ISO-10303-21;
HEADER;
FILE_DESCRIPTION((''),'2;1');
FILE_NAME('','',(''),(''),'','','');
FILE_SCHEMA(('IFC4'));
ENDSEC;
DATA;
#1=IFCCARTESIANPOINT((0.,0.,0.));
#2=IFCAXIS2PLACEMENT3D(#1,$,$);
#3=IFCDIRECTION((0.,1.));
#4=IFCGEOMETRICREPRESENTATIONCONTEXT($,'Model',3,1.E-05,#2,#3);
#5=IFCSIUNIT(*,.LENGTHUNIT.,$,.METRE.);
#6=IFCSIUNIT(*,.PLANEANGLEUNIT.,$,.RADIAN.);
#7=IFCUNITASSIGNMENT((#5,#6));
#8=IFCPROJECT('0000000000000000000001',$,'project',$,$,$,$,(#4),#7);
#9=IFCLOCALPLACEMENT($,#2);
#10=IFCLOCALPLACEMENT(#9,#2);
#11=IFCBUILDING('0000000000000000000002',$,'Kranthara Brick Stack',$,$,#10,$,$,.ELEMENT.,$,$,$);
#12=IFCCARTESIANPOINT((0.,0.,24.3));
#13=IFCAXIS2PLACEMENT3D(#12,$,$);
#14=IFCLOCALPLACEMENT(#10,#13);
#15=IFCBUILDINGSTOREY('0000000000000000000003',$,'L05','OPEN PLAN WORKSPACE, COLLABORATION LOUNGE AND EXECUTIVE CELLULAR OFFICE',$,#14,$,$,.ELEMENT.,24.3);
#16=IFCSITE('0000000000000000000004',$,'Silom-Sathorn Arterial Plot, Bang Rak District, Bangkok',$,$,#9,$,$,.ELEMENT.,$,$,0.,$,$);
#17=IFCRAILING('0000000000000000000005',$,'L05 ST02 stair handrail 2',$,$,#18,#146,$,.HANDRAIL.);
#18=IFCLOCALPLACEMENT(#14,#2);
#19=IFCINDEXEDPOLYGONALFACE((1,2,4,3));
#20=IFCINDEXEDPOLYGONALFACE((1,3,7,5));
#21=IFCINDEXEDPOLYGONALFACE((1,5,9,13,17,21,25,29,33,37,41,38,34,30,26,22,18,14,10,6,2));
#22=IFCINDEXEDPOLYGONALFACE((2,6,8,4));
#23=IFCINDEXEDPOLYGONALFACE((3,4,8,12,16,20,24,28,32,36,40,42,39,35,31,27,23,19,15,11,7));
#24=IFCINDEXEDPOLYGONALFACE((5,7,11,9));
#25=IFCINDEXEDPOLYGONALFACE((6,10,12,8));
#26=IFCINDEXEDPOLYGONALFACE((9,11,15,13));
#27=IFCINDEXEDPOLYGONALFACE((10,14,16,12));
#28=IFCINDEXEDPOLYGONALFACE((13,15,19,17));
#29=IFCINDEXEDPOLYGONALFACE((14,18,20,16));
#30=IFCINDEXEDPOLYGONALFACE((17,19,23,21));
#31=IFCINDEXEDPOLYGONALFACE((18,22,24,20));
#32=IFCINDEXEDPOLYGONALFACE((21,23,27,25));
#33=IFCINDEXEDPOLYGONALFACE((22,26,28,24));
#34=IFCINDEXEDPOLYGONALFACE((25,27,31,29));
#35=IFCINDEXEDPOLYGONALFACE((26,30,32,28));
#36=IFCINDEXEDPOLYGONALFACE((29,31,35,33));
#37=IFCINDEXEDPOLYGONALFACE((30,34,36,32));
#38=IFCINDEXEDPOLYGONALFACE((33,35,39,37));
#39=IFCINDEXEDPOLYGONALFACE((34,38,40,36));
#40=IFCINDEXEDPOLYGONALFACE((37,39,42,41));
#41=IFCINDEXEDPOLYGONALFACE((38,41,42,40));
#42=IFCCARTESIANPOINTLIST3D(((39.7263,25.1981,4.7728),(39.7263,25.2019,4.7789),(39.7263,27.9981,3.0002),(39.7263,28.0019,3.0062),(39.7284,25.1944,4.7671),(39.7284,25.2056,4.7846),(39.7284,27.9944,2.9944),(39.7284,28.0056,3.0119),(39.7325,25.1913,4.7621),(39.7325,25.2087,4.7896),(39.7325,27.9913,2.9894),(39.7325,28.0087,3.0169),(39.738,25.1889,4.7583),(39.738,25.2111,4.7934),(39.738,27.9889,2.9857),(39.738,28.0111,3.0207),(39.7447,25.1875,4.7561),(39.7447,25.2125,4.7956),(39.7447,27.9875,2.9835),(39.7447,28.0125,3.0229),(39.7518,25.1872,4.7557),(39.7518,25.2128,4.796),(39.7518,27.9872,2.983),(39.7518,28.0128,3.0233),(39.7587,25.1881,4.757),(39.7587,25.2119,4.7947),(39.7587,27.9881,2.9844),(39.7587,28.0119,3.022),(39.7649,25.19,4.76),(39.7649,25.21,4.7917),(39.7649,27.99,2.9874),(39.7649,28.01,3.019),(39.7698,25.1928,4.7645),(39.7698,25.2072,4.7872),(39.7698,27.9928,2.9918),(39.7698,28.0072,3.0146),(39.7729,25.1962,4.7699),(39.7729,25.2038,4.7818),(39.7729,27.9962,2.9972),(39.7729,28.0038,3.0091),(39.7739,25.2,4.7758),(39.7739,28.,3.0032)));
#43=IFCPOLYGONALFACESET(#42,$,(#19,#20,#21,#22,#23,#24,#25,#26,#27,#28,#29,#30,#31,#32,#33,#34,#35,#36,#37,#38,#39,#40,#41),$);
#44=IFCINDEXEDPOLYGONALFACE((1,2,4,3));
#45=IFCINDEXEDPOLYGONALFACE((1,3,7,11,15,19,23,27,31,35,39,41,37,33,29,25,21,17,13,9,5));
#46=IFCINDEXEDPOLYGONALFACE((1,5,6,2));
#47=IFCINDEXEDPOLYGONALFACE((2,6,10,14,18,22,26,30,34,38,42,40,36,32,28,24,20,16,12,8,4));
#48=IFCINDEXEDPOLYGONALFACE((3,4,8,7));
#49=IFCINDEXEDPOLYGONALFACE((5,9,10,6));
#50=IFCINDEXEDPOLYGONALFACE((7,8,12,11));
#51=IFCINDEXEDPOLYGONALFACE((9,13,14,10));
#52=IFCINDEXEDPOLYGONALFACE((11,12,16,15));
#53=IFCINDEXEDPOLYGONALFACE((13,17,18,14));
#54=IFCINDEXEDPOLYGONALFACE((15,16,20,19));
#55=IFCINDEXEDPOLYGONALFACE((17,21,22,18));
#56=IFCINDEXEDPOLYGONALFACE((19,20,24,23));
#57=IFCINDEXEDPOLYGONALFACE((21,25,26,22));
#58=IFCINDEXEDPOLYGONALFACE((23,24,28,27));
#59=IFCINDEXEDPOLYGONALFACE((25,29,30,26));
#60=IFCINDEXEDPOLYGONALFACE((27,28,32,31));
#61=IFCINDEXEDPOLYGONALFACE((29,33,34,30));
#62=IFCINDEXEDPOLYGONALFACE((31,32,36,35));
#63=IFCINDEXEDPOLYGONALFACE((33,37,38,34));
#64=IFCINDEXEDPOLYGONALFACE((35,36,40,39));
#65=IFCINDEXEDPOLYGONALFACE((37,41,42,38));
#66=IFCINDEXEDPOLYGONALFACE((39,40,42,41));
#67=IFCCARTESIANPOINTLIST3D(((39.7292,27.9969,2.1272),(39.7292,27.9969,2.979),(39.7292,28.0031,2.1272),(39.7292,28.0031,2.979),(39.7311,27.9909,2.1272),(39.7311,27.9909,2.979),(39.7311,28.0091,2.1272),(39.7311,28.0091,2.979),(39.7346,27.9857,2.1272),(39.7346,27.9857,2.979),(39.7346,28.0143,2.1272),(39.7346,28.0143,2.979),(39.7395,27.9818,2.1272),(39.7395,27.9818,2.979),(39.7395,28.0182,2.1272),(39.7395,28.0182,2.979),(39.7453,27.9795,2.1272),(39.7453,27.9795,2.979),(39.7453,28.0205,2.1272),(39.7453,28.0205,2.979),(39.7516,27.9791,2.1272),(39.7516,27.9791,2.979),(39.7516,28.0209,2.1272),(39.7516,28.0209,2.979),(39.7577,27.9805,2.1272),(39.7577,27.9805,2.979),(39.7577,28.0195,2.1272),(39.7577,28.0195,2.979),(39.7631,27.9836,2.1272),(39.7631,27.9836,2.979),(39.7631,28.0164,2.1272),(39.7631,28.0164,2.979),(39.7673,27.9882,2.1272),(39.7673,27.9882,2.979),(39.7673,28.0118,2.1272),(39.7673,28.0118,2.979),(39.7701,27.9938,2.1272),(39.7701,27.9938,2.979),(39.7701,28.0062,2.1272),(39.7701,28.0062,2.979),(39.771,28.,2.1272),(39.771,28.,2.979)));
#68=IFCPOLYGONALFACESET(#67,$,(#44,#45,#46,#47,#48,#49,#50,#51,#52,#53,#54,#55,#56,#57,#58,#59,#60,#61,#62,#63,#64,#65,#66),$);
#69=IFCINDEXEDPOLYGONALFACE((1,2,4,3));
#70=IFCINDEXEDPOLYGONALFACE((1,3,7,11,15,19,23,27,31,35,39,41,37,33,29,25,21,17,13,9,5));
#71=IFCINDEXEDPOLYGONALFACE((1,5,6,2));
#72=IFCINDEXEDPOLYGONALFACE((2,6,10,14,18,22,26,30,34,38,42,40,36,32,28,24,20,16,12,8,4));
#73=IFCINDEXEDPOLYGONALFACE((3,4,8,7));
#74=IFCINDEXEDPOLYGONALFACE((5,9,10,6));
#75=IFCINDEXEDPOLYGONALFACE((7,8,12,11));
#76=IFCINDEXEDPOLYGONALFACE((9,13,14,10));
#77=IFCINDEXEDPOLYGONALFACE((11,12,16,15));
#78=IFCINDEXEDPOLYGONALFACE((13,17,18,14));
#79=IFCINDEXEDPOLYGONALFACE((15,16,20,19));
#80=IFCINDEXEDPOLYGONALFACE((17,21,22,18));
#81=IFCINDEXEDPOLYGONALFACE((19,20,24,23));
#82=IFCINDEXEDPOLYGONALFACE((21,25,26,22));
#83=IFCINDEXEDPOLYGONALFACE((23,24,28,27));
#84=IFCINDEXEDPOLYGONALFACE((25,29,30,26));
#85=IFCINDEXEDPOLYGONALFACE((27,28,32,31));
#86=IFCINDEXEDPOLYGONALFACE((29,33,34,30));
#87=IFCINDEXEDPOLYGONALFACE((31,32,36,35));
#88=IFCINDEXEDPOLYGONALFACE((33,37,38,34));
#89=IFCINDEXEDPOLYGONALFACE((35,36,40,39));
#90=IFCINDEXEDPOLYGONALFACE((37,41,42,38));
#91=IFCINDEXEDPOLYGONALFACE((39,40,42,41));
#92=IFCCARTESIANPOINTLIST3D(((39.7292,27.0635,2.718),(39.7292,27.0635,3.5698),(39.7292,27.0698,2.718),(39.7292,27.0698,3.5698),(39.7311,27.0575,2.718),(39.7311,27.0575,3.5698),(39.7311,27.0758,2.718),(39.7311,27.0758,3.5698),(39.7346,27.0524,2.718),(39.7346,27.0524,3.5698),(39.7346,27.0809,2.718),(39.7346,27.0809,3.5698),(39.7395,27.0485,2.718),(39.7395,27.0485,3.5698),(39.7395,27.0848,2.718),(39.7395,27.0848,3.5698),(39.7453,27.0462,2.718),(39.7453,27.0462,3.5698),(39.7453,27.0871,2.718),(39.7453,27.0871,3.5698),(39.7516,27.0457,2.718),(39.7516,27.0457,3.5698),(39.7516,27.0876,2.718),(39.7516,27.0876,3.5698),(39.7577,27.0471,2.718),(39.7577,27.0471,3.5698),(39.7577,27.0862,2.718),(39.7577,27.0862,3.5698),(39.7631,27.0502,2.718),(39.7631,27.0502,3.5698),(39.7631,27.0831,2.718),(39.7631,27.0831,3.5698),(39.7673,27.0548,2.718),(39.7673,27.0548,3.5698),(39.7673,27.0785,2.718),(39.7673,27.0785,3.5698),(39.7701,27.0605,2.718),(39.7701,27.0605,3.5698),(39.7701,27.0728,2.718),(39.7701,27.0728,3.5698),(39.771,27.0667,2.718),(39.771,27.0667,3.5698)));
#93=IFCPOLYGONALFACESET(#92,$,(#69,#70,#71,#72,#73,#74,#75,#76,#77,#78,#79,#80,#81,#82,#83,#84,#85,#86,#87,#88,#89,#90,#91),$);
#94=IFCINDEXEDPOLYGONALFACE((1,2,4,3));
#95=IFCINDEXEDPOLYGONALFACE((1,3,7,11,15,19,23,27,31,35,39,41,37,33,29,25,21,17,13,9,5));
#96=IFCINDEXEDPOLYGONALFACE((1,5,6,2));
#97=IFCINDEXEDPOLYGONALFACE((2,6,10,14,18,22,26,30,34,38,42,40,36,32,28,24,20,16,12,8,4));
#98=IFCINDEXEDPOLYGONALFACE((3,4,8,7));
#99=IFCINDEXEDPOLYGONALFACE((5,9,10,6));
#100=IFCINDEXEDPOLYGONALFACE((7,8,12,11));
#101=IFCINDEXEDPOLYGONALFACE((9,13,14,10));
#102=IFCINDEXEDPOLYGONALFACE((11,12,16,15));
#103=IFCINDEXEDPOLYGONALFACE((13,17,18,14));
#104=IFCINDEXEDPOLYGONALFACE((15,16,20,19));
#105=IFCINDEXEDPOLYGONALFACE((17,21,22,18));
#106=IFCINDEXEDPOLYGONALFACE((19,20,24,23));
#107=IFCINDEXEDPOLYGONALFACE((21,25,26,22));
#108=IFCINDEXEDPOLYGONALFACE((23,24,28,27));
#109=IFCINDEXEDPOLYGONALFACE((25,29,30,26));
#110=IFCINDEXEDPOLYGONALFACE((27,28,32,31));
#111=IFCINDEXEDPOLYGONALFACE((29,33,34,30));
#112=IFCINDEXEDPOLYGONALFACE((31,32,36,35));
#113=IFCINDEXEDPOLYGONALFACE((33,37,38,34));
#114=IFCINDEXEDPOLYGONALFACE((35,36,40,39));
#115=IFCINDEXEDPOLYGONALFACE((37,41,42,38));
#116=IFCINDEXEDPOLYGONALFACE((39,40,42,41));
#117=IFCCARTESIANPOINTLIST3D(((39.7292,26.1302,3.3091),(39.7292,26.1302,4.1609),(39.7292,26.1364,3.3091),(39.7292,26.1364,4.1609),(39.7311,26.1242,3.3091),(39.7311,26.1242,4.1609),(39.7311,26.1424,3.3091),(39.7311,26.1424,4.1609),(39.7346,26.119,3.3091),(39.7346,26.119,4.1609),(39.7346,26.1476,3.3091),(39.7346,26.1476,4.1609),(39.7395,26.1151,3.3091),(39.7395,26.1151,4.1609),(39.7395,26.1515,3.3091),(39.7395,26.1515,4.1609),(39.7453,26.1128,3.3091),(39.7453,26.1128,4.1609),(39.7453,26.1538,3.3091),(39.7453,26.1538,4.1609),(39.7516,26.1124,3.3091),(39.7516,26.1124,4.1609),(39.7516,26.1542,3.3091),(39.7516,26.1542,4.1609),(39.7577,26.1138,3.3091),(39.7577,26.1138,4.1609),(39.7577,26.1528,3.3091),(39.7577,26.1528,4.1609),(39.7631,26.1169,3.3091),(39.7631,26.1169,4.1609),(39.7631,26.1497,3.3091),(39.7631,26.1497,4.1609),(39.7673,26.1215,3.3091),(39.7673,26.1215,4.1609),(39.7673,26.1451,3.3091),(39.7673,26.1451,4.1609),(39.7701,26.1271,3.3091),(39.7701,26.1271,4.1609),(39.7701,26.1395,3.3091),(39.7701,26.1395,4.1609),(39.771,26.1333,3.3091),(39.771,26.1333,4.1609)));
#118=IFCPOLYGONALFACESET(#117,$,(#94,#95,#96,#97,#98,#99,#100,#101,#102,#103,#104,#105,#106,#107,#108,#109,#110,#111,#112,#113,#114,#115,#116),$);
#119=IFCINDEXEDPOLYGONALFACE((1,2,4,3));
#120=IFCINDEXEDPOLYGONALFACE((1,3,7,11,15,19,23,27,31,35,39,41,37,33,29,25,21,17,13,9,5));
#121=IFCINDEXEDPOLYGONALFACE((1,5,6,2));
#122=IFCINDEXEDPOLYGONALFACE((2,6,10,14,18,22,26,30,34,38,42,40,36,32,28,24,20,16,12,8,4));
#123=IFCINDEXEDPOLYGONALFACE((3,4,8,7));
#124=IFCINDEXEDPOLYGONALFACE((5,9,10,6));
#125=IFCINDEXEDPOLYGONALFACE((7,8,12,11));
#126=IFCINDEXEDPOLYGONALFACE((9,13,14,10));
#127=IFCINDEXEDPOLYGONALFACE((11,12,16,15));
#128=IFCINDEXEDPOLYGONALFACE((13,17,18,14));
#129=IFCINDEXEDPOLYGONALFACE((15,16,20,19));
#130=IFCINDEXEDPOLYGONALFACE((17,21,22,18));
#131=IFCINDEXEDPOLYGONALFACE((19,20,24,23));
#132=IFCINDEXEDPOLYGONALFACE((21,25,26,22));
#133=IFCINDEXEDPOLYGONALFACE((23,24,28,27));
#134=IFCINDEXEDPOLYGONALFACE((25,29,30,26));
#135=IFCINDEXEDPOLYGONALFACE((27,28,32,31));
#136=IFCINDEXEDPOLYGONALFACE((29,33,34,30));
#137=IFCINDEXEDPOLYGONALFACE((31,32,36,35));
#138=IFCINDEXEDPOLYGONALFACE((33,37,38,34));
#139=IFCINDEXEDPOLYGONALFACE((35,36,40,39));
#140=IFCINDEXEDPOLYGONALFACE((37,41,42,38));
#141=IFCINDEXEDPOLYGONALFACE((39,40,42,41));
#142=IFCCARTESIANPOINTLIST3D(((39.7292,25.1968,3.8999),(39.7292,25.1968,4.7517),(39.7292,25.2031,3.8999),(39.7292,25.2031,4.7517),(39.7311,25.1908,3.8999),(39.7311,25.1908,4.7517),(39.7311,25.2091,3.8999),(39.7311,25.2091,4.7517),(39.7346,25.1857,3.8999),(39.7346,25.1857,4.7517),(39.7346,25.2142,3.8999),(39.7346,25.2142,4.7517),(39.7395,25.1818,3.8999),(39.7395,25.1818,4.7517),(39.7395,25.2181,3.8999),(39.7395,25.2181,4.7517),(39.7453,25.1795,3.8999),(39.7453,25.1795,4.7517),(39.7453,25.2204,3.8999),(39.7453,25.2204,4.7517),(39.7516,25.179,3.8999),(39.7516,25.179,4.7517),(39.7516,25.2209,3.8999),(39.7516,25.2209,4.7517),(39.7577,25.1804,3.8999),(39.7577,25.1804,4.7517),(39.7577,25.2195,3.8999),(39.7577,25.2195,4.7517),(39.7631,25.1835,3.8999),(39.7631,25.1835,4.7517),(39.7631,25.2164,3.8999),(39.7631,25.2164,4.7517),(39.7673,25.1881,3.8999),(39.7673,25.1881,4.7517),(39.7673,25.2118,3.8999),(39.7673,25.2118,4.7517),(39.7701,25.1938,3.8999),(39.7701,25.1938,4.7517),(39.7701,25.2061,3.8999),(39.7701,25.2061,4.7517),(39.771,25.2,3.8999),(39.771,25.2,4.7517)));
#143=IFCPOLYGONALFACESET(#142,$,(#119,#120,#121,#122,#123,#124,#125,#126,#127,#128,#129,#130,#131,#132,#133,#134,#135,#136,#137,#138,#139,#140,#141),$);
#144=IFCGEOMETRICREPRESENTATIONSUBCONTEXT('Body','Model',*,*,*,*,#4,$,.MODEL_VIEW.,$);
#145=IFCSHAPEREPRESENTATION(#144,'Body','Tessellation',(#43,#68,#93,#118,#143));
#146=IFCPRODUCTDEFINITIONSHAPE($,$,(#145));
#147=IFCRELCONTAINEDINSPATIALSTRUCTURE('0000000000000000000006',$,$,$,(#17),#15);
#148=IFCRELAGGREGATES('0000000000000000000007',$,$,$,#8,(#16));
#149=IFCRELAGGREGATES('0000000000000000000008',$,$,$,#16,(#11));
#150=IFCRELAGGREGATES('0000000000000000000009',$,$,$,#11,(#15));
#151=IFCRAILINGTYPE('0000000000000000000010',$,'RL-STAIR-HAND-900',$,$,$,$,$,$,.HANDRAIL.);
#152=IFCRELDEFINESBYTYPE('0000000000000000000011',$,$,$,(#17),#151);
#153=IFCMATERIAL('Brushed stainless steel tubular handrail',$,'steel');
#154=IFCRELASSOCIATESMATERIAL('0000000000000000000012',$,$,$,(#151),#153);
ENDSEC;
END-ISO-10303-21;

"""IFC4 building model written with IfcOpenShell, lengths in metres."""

from ifc_helpers import new_model, si_unit, direction, frame, origin, origin_2d, place, context, subcontext, project, spatial, circle, extrude, material, type_object, element, save


model = new_model("IFC4")

# Units and contexts
model_context = context("Model", 3, precision=1e-05, world=origin(), true_north=direction((0.0, 1.0)))
body_context = subcontext(model_context, "Body", "Model", "MODEL_VIEW")
ifc_project = project(units=[si_unit("LENGTHUNIT", "METRE"), si_unit("PLANEANGLEUNIT", "RADIAN")], contexts=[model_context])

# Site, building, storey
site_placement = place(None, origin())
site = spatial("IfcSite", under=ifc_project, at=site_placement, Name="Silom-Sathorn Arterial Plot, Bang Rak District, Bangkok", CompositionType="ELEMENT", RefElevation=0.0)
building_placement = place(site_placement, origin())
building = spatial("IfcBuilding", under=site, at=building_placement, Name="Kranthara Brick Stack", CompositionType="ELEMENT")
storey_placement = place(building_placement, frame((0.0, 0.0, 24.3)))
storey = spatial("IfcBuildingStorey", under=building, at=storey_placement, Name="L05", Description="OPEN PLAN WORKSPACE, COLLABORATION LOUNGE AND EXECUTIVE CELLULAR OFFICE", CompositionType="ELEMENT", Elevation=24.3)

# Railing
ifc_material_1 = material(Name="Brushed stainless steel tubular handrail", Category="steel")
railing_type_1 = type_object("IfcRailingType", Name="RL-STAIR-HAND-900", PredefinedType="HANDRAIL", material=ifc_material_1)
railing_1_placement = place(storey_placement, frame((39.75, 28.0, 2.1272)))
element("IfcRailing", 1, at=railing_1_placement, inside=storey, type_object=railing_type_1, Name="L05 ST02 stair handrail 2", PredefinedType="HANDRAIL", context=body_context, shape_type="SweptSolid", body=[
    extrude(circle(Radius=0.0239, at=origin_2d()), frame((0.0, 0.0, 0.876), z_axis=(0.0, -0.844909, 0.53491), x_axis=(1.0, 0.0, 0.0)), (0.0, 0.0, 1.0), 3.314),
    extrude(circle(Radius=0.021, at=origin_2d()), origin(), (0.0, 0.0, 1.0), 0.8518),
    extrude(circle(Radius=0.021, at=origin_2d()), frame((0.0, -0.9333, 0.5908)), (0.0, 0.0, 1.0), 0.8518),
    extrude(circle(Radius=0.021, at=origin_2d()), frame((0.0, -1.8667, 1.1819)), (0.0, 0.0, 1.0), 0.8518),
    extrude(circle(Radius=0.021, at=origin_2d()), frame((0.0, -2.8, 1.7727)), (0.0, 0.0, 1.0), 0.8518),
])

save(model, "model.ifc")
